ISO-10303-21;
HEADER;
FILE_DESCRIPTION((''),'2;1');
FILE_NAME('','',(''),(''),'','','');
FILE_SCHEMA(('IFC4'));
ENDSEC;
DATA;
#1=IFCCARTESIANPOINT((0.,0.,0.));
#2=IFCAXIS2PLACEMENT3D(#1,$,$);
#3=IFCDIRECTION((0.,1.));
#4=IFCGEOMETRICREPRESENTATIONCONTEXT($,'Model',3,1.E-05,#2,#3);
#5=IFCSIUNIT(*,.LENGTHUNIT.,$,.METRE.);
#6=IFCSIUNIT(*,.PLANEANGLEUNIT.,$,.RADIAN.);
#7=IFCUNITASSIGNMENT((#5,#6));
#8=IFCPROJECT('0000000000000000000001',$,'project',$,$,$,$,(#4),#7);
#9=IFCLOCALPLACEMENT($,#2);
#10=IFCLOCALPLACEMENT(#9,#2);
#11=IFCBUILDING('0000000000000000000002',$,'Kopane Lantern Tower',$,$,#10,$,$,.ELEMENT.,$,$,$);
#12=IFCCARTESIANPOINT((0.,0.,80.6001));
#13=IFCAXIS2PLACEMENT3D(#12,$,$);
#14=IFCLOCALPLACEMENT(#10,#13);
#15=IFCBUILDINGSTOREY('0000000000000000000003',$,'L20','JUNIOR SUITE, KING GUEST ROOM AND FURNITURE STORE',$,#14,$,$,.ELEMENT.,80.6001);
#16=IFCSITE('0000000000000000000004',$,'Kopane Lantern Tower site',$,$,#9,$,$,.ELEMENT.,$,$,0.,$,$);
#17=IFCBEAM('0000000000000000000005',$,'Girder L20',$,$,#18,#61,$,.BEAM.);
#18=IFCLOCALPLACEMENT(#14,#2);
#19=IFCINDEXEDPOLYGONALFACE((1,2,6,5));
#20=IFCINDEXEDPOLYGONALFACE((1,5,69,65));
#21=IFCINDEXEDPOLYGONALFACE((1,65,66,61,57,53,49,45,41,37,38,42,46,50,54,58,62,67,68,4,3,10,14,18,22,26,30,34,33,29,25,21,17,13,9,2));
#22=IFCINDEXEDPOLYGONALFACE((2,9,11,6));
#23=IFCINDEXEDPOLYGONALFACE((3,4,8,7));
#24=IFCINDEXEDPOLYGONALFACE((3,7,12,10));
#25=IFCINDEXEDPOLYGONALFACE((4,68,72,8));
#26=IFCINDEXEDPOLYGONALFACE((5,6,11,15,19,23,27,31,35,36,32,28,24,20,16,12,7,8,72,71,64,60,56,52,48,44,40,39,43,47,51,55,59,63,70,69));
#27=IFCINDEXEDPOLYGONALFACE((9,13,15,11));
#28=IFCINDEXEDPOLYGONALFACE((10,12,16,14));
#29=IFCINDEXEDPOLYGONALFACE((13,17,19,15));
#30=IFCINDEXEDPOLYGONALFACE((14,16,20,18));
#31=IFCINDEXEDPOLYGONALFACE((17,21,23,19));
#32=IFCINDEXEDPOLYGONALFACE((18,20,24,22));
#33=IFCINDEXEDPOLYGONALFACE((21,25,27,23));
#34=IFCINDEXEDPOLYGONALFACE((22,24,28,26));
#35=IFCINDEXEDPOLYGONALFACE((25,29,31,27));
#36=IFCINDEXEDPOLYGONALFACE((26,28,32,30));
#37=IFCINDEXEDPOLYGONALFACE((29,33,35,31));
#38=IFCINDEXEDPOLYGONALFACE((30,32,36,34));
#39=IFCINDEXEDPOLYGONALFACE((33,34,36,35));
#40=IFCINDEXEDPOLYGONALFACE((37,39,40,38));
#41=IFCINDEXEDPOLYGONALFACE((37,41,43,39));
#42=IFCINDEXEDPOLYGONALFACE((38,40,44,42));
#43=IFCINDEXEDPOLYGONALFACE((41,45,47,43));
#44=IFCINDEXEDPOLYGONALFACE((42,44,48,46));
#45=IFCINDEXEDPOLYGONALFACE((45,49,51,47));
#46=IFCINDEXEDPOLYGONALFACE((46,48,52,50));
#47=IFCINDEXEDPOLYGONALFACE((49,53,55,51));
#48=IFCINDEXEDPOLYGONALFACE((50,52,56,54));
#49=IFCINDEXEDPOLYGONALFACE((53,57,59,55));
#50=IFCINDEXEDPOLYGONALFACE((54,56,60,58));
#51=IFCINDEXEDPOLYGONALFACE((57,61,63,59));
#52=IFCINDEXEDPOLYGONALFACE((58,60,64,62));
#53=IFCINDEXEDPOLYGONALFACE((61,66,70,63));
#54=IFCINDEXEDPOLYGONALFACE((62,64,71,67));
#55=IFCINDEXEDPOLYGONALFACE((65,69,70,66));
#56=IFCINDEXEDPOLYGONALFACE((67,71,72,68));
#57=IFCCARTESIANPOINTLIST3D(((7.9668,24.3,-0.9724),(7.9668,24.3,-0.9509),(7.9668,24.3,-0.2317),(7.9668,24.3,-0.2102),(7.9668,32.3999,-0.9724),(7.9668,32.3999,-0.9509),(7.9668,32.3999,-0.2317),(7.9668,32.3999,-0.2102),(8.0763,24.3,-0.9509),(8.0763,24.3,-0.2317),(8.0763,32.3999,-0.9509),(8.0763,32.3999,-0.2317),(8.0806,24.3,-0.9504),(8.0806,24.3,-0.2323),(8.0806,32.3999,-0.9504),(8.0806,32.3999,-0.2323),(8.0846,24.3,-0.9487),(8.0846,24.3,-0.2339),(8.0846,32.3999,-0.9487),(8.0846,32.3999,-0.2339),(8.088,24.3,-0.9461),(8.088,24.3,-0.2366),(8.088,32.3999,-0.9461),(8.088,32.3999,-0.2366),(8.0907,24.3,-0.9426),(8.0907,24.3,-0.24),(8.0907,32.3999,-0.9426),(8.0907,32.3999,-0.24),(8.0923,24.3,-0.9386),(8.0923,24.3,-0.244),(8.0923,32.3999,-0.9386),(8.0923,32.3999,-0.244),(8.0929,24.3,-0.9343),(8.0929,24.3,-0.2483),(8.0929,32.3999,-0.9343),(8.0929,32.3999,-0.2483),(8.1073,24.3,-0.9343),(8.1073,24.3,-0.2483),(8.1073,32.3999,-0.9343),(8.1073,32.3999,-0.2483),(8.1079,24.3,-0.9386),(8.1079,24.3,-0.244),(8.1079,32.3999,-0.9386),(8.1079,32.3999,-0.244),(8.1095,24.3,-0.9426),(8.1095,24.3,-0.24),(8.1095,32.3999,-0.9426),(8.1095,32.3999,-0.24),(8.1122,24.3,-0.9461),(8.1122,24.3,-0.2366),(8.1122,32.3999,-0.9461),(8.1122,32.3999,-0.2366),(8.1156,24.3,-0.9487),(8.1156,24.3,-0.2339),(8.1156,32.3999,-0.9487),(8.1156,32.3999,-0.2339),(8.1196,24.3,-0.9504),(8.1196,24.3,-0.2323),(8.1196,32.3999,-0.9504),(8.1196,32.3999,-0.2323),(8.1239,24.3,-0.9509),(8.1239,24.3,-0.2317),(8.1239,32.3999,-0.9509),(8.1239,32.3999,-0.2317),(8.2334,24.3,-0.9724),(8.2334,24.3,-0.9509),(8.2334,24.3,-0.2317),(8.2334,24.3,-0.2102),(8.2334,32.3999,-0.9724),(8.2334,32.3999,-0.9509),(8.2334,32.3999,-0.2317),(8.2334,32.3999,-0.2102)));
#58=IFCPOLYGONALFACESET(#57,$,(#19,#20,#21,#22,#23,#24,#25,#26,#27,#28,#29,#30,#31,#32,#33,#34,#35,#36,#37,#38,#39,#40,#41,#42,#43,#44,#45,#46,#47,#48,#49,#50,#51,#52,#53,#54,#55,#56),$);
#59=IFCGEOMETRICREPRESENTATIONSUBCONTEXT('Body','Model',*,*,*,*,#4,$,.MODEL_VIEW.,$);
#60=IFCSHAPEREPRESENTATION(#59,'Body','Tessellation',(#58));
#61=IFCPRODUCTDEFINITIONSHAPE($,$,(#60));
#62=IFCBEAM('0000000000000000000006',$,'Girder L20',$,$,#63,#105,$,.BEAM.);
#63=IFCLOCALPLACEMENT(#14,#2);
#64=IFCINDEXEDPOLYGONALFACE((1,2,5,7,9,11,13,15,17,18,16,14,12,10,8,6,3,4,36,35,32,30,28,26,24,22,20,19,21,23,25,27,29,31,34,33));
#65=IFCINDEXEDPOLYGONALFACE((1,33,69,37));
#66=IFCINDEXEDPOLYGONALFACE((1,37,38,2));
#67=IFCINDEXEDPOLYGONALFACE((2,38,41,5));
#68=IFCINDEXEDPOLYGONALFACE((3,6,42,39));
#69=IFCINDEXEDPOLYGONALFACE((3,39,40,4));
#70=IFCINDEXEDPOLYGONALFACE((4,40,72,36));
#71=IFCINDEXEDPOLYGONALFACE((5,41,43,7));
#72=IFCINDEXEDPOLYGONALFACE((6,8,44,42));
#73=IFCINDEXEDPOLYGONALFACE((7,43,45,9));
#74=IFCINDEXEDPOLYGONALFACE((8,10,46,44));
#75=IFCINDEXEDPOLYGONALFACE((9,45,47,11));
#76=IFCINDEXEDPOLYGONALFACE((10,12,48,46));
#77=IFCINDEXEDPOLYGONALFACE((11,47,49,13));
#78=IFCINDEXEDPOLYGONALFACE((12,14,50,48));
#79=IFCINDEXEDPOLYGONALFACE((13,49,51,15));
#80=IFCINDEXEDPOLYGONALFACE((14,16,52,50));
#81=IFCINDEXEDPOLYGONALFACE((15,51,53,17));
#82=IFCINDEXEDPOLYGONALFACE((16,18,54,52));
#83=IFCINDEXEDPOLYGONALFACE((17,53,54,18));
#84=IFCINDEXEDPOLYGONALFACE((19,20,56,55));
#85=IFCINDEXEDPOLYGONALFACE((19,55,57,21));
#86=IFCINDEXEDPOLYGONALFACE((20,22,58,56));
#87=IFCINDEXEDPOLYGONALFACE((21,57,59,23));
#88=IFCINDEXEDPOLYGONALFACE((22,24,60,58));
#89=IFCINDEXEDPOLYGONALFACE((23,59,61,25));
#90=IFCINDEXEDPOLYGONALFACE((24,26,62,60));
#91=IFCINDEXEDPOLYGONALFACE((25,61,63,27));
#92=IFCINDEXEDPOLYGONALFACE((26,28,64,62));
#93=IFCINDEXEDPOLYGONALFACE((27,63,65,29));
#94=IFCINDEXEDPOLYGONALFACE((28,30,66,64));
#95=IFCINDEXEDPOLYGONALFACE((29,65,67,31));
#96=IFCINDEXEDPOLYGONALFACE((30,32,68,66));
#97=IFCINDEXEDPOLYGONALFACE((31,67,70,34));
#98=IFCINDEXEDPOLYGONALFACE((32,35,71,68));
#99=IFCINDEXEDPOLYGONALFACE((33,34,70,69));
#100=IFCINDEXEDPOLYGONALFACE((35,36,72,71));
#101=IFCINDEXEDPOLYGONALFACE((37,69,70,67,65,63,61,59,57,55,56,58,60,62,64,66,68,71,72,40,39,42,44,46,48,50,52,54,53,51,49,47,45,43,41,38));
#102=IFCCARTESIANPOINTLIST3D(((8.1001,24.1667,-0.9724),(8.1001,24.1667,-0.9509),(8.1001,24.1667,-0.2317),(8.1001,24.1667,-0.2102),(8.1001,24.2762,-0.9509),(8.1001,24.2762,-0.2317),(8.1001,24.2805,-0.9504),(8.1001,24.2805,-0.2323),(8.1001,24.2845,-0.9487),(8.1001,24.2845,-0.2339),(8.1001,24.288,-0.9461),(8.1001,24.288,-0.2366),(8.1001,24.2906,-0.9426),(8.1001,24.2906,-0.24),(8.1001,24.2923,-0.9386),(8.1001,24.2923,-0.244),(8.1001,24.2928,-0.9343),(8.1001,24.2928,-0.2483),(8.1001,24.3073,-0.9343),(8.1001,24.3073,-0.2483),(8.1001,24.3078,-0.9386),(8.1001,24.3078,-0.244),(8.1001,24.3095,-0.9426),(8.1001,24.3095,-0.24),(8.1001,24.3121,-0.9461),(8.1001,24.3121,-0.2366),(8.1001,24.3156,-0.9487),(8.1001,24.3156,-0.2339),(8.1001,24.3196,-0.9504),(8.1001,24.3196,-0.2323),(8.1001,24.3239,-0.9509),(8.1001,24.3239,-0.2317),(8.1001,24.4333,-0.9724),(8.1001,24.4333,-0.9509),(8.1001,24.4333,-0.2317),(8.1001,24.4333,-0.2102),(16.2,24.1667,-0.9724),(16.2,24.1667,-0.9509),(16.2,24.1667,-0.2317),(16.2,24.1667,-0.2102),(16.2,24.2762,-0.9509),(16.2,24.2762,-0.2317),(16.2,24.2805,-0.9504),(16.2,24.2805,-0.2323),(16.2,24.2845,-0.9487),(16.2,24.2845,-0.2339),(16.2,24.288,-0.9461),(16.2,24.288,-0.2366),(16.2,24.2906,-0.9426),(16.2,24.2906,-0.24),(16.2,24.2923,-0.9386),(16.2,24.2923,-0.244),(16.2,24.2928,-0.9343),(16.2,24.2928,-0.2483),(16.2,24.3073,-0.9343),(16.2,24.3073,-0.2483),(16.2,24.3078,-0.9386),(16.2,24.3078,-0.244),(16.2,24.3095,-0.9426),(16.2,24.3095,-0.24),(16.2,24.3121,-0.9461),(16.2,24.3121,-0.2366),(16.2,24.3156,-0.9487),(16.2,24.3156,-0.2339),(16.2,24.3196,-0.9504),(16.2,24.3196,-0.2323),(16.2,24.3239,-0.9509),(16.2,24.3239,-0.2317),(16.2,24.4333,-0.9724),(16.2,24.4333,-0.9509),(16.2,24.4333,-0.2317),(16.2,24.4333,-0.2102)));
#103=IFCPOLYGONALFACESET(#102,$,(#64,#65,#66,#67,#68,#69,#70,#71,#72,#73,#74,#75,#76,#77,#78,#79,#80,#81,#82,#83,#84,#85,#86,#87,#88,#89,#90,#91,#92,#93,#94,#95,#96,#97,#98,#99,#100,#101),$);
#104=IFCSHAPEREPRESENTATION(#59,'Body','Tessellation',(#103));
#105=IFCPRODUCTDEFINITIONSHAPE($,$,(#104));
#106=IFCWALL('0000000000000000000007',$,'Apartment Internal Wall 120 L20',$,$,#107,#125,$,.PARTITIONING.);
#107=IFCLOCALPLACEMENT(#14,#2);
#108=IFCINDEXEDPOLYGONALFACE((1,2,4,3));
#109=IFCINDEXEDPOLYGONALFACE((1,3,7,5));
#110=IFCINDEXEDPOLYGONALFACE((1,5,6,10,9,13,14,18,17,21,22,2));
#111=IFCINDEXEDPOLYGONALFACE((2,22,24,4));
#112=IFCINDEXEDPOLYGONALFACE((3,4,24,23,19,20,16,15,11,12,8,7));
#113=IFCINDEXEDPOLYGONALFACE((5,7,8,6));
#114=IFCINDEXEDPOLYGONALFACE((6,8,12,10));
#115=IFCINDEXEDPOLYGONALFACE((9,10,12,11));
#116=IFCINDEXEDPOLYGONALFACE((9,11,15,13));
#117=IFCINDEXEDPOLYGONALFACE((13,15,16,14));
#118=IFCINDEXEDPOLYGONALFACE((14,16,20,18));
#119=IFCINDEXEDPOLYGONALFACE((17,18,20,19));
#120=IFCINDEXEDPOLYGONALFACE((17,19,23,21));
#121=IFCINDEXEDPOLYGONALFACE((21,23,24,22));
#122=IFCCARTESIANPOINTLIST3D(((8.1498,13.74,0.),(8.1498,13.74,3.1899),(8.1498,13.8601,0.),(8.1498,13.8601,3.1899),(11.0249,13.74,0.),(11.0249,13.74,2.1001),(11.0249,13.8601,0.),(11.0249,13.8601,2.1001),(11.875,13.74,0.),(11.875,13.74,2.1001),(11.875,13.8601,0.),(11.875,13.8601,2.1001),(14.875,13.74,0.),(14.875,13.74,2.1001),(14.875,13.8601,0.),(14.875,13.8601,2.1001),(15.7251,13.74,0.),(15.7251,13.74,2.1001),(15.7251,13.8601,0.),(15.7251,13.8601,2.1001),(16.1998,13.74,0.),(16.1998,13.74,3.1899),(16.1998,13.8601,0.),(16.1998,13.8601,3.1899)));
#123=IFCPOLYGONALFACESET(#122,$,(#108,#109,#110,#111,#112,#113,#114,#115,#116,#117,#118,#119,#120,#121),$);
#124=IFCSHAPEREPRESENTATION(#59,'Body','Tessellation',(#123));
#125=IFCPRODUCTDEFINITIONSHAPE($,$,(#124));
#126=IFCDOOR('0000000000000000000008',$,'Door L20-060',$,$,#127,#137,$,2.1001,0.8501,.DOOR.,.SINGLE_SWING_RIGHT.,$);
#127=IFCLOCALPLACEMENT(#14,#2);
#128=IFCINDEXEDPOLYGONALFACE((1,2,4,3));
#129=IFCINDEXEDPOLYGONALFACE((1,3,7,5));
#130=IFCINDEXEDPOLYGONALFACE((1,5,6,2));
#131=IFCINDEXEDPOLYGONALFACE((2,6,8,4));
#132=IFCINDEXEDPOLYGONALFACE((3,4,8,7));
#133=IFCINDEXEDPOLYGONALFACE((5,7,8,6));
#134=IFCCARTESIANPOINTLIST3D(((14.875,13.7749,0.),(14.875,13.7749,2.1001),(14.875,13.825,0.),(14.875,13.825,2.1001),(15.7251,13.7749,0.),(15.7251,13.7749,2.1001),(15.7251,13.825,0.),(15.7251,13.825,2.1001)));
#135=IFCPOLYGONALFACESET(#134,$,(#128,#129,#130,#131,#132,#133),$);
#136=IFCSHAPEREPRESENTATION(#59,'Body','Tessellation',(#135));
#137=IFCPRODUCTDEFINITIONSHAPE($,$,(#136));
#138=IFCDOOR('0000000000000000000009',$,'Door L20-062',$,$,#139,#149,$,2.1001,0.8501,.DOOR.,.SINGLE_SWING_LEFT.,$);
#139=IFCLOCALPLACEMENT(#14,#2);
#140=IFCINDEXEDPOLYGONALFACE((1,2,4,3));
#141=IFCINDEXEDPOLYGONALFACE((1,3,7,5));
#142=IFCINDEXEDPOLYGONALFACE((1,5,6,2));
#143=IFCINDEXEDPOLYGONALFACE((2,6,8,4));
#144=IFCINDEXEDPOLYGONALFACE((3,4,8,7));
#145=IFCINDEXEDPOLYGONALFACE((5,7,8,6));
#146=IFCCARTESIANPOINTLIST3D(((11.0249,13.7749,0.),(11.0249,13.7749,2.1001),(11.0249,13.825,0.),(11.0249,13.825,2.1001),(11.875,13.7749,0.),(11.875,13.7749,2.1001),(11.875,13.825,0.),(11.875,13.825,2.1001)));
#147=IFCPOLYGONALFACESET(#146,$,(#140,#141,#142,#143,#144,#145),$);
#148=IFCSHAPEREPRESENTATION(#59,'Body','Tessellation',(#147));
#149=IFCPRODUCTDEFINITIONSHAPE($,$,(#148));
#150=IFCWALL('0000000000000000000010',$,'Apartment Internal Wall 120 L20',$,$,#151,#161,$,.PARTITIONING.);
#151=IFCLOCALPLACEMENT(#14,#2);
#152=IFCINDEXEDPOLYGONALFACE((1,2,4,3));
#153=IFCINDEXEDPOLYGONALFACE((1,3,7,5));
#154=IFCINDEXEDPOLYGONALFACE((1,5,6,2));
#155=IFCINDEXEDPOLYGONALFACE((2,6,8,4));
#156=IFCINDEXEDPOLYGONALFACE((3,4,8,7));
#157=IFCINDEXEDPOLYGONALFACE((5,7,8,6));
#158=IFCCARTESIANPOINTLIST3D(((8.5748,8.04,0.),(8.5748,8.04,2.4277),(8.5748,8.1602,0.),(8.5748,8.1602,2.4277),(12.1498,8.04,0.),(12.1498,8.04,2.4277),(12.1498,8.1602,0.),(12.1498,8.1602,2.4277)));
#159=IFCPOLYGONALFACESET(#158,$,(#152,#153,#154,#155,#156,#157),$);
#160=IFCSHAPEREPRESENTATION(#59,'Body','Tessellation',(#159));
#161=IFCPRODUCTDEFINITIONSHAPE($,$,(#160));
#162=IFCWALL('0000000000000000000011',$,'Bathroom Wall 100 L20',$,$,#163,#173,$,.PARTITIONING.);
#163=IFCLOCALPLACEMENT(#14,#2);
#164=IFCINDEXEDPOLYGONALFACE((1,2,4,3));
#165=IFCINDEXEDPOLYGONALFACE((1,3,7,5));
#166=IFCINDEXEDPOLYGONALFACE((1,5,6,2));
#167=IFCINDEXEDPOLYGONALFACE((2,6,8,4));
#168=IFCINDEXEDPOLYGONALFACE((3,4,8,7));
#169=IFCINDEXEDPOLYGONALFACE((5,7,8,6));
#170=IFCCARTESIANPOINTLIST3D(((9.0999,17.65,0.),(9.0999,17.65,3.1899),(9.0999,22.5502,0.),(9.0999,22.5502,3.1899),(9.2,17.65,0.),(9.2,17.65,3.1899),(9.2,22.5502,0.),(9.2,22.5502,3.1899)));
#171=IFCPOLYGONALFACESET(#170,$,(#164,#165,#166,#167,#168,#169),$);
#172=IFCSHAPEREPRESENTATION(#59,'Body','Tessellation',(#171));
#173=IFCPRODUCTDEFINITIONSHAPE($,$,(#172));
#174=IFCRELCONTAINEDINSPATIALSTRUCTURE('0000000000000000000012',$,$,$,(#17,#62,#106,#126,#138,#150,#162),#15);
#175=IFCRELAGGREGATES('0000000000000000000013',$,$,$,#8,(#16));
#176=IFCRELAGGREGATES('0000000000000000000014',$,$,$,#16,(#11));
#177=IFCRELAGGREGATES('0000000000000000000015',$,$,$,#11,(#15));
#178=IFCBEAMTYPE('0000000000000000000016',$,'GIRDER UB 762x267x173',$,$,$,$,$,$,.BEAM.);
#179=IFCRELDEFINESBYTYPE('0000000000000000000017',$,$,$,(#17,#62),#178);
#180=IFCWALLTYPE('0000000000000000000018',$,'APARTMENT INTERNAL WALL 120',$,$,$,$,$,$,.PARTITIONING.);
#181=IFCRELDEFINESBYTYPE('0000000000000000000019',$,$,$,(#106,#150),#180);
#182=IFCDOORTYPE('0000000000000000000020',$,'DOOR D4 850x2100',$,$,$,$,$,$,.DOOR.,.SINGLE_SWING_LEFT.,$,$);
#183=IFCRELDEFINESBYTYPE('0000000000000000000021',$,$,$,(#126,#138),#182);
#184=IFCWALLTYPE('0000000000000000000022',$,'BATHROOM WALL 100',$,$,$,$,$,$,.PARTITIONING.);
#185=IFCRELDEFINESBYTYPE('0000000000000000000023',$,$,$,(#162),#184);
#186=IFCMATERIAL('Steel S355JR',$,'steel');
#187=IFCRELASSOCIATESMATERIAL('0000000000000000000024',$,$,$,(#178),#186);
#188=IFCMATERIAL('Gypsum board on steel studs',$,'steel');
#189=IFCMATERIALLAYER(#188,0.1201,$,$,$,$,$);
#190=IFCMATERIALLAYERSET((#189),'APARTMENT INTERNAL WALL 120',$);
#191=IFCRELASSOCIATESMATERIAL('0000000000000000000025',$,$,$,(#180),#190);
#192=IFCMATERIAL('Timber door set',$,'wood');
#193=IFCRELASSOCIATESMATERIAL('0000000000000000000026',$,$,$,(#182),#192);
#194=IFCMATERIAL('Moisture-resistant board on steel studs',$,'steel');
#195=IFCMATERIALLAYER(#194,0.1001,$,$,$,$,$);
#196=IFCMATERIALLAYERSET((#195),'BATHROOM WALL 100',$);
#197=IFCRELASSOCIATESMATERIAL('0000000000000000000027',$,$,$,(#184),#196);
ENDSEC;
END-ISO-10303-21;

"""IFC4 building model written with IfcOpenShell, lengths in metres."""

from ifc_helpers import new_model, si_unit, direction, frame, frame_2d, origin, origin_2d, place, context, subcontext, project, spatial, rectangle, i_section, extrude, material, layer, layer_set, material_profile, profile_set, type_object, element, fill, save


model = new_model("IFC4")

# Units and contexts
model_context = context("Model", 3, precision=1e-05, world=origin(), true_north=direction((0.0, 1.0)))
body_context = subcontext(model_context, "Body", "Model", "MODEL_VIEW")
ifc_project = project(units=[si_unit("LENGTHUNIT", "METRE"), si_unit("PLANEANGLEUNIT", "RADIAN")], contexts=[model_context])

# Site, building, storey
site_placement = place(None, origin())
site = spatial("IfcSite", under=ifc_project, at=site_placement, Name="Kopane Lantern Tower site", CompositionType="ELEMENT", RefElevation=0.0)
building_placement = place(site_placement, origin())
building = spatial("IfcBuilding", under=site, at=building_placement, Name="Kopane Lantern Tower", CompositionType="ELEMENT")
storey_placement = place(building_placement, frame((0.0, 0.0, 80.6001)))
storey = spatial("IfcBuildingStorey", under=building, at=storey_placement, Name="L20", Description="JUNIOR SUITE, KING GUEST ROOM AND FURNITURE STORE", CompositionType="ELEMENT", Elevation=80.6001)

# Beams
ifc_material_1 = material(Name="Steel S355JR", Category="steel")
ifc_material_profile_1 = material_profile(ifc_material_1, i_section(OverallWidth=0.2666, OverallDepth=0.7622, WebThickness=0.0144, FlangeThickness=0.0215, FilletRadius=0.0166, at=origin_2d()), Name="UB 762x267x173")
ifc_profile_set_1 = profile_set([ifc_material_profile_1], Name="Steel S355JR")
beam_type = type_object("IfcBeamType", Name="GIRDER UB 762x267x173", PredefinedType="BEAM", material=ifc_profile_set_1)
for number, where, z_axis, x_axis, name in (
    (1, (8.1001, 24.3, -0.5913), (0.0, 1.0, 0.0), (-1.0, 0.0, 0.0), "Girder L20"),
    (2, (8.1001, 24.3, -0.5913), (1.0, 0.0, 0.0), (0.0, 1.0, 0.0), "Girder L20"),
):
    element("IfcBeam", number, at=place(storey_placement, frame(where, z_axis=z_axis, x_axis=x_axis)), inside=storey, type_object=beam_type, Name=name, PredefinedType="BEAM", context=body_context, shape_type="SweptSolid", body=[
        extrude(i_section(OverallWidth=0.2666, OverallDepth=0.7622, WebThickness=0.0144, FlangeThickness=0.0215, FilletRadius=0.0166, at=origin_2d()), origin(), (0.0, 0.0, 1.0), 8.0999),
    ])

# Wall, openings, doors
ifc_material_2 = material(Name="Gypsum board on steel studs", Category="steel")
ifc_layer_1 = layer(ifc_material_2, 0.1201)
ifc_layer_set_1 = layer_set([ifc_layer_1], Name="APARTMENT INTERNAL WALL 120")
wall_type_1 = type_object("IfcWallType", Name="APARTMENT INTERNAL WALL 120", PredefinedType="PARTITIONING", material=ifc_layer_set_1)
wall_1_placement = place(storey_placement, frame((8.1499, 13.8, 0.0), z_axis=(0.0, 0.0, 1.0), x_axis=(1.0, 0.0, 0.0)))
wall_1 = element("IfcWall", 3, at=wall_1_placement, inside=storey, type_object=wall_type_1, Name="Apartment Internal Wall 120 L20", PredefinedType="PARTITIONING", context=body_context, shape_type="SweptSolid", body=[
    extrude(rectangle(XDim=8.05, YDim=0.1201, at=frame_2d((4.0249, 0.0))), origin(), (0.0, 0.0, 1.0), 3.1899),
])
opening_1_placement = place(wall_1_placement, frame((6.7251, 0.0, 0.0)))
opening_1 = element("IfcOpeningElement", 4, at=opening_1_placement, cuts=wall_1, PredefinedType="OPENING", context=body_context, shape_type="SweptSolid", body=[
    extrude(rectangle(XDim=0.8501, YDim=2.1001, at=frame_2d((0.425, 1.05))), frame((0.0, 0.0701, 0.0), z_axis=(0.0, -1.0, 0.0), x_axis=(1.0, 0.0, 0.0)), (0.0, 0.0, 1.0), 0.1401),
])
opening_2_placement = place(wall_1_placement, frame((2.875, 0.0, 0.0)))
opening_2 = element("IfcOpeningElement", 5, at=opening_2_placement, cuts=wall_1, PredefinedType="OPENING", context=body_context, shape_type="SweptSolid", body=[
    extrude(rectangle(XDim=0.8501, YDim=2.1001, at=frame_2d((0.425, 1.05))), frame((0.0, 0.0701, 0.0), z_axis=(0.0, -1.0, 0.0), x_axis=(1.0, 0.0, 0.0)), (0.0, 0.0, 1.0), 0.1401),
])
ifc_material_3 = material(Name="Timber door set", Category="wood")
door_type_1 = type_object("IfcDoorType", Name="DOOR D4 850x2100", OperationType="SINGLE_SWING_LEFT", PredefinedType="DOOR", material=ifc_material_3)
door_1_placement = place(opening_1_placement, origin())
door_1 = element("IfcDoor", 6, at=door_1_placement, inside=storey, type_object=door_type_1, Name="Door L20-060", OperationType="SINGLE_SWING_RIGHT", OverallHeight=2.1001, OverallWidth=0.8501, PredefinedType="DOOR", context=body_context, shape_type="SweptSolid", body=[
    extrude(rectangle(XDim=0.8501, YDim=2.1001, at=frame_2d((0.425, 1.05))), frame((0.0, 0.0249, 0.0), z_axis=(0.0, -1.0, 0.0), x_axis=(1.0, 0.0, 0.0)), (0.0, 0.0, 1.0), 0.05),
])
fill(opening_1, door_1)
door_2_placement = place(opening_2_placement, origin())
door_2 = element("IfcDoor", 7, at=door_2_placement, inside=storey, type_object=door_type_1, Name="Door L20-062", OperationType="SINGLE_SWING_LEFT", OverallHeight=2.1001, OverallWidth=0.8501, PredefinedType="DOOR", context=body_context, shape_type="SweptSolid", body=[
    extrude(rectangle(XDim=0.8501, YDim=2.1001, at=frame_2d((0.425, 1.05))), frame((0.0, 0.0249, 0.0), z_axis=(0.0, -1.0, 0.0), x_axis=(1.0, 0.0, 0.0)), (0.0, 0.0, 1.0), 0.05),
])
fill(opening_2, door_2)

# Walls
wall_2_placement = place(storey_placement, frame((12.1499, 8.1001, 0.0), z_axis=(0.0, 0.0, 1.0), x_axis=(-1.0, 0.0, 0.0)))
element("IfcWall", 8, at=wall_2_placement, inside=storey, type_object=wall_type_1, Name="Apartment Internal Wall 120 L20", PredefinedType="PARTITIONING", context=body_context, shape_type="SweptSolid", body=[
    extrude(rectangle(XDim=3.575, YDim=0.1201, at=frame_2d((1.7876, 0.0))), origin(), (0.0, 0.0, 1.0), 2.4277),
])
ifc_material_4 = material(Name="Moisture-resistant board on steel studs", Category="steel")
ifc_layer_2 = layer(ifc_material_4, 0.1001)
ifc_layer_set_2 = layer_set([ifc_layer_2], Name="BATHROOM WALL 100")
wall_type_2 = type_object("IfcWallType", Name="BATHROOM WALL 100", PredefinedType="PARTITIONING", material=ifc_layer_set_2)
wall_3_placement = place(storey_placement, frame((9.1499, 17.6499, 0.0), z_axis=(0.0, 0.0, 1.0), x_axis=(0.0, 1.0, 0.0)))
element("IfcWall", 9, at=wall_3_placement, inside=storey, type_object=wall_type_2, Name="Bathroom Wall 100 L20", PredefinedType="PARTITIONING", context=body_context, shape_type="SweptSolid", body=[
    extrude(rectangle(XDim=4.9001, YDim=0.1001, at=frame_2d((2.4502, 0.0))), origin(), (0.0, 0.0, 1.0), 3.1899),
])

save(model, "model.ifc")
